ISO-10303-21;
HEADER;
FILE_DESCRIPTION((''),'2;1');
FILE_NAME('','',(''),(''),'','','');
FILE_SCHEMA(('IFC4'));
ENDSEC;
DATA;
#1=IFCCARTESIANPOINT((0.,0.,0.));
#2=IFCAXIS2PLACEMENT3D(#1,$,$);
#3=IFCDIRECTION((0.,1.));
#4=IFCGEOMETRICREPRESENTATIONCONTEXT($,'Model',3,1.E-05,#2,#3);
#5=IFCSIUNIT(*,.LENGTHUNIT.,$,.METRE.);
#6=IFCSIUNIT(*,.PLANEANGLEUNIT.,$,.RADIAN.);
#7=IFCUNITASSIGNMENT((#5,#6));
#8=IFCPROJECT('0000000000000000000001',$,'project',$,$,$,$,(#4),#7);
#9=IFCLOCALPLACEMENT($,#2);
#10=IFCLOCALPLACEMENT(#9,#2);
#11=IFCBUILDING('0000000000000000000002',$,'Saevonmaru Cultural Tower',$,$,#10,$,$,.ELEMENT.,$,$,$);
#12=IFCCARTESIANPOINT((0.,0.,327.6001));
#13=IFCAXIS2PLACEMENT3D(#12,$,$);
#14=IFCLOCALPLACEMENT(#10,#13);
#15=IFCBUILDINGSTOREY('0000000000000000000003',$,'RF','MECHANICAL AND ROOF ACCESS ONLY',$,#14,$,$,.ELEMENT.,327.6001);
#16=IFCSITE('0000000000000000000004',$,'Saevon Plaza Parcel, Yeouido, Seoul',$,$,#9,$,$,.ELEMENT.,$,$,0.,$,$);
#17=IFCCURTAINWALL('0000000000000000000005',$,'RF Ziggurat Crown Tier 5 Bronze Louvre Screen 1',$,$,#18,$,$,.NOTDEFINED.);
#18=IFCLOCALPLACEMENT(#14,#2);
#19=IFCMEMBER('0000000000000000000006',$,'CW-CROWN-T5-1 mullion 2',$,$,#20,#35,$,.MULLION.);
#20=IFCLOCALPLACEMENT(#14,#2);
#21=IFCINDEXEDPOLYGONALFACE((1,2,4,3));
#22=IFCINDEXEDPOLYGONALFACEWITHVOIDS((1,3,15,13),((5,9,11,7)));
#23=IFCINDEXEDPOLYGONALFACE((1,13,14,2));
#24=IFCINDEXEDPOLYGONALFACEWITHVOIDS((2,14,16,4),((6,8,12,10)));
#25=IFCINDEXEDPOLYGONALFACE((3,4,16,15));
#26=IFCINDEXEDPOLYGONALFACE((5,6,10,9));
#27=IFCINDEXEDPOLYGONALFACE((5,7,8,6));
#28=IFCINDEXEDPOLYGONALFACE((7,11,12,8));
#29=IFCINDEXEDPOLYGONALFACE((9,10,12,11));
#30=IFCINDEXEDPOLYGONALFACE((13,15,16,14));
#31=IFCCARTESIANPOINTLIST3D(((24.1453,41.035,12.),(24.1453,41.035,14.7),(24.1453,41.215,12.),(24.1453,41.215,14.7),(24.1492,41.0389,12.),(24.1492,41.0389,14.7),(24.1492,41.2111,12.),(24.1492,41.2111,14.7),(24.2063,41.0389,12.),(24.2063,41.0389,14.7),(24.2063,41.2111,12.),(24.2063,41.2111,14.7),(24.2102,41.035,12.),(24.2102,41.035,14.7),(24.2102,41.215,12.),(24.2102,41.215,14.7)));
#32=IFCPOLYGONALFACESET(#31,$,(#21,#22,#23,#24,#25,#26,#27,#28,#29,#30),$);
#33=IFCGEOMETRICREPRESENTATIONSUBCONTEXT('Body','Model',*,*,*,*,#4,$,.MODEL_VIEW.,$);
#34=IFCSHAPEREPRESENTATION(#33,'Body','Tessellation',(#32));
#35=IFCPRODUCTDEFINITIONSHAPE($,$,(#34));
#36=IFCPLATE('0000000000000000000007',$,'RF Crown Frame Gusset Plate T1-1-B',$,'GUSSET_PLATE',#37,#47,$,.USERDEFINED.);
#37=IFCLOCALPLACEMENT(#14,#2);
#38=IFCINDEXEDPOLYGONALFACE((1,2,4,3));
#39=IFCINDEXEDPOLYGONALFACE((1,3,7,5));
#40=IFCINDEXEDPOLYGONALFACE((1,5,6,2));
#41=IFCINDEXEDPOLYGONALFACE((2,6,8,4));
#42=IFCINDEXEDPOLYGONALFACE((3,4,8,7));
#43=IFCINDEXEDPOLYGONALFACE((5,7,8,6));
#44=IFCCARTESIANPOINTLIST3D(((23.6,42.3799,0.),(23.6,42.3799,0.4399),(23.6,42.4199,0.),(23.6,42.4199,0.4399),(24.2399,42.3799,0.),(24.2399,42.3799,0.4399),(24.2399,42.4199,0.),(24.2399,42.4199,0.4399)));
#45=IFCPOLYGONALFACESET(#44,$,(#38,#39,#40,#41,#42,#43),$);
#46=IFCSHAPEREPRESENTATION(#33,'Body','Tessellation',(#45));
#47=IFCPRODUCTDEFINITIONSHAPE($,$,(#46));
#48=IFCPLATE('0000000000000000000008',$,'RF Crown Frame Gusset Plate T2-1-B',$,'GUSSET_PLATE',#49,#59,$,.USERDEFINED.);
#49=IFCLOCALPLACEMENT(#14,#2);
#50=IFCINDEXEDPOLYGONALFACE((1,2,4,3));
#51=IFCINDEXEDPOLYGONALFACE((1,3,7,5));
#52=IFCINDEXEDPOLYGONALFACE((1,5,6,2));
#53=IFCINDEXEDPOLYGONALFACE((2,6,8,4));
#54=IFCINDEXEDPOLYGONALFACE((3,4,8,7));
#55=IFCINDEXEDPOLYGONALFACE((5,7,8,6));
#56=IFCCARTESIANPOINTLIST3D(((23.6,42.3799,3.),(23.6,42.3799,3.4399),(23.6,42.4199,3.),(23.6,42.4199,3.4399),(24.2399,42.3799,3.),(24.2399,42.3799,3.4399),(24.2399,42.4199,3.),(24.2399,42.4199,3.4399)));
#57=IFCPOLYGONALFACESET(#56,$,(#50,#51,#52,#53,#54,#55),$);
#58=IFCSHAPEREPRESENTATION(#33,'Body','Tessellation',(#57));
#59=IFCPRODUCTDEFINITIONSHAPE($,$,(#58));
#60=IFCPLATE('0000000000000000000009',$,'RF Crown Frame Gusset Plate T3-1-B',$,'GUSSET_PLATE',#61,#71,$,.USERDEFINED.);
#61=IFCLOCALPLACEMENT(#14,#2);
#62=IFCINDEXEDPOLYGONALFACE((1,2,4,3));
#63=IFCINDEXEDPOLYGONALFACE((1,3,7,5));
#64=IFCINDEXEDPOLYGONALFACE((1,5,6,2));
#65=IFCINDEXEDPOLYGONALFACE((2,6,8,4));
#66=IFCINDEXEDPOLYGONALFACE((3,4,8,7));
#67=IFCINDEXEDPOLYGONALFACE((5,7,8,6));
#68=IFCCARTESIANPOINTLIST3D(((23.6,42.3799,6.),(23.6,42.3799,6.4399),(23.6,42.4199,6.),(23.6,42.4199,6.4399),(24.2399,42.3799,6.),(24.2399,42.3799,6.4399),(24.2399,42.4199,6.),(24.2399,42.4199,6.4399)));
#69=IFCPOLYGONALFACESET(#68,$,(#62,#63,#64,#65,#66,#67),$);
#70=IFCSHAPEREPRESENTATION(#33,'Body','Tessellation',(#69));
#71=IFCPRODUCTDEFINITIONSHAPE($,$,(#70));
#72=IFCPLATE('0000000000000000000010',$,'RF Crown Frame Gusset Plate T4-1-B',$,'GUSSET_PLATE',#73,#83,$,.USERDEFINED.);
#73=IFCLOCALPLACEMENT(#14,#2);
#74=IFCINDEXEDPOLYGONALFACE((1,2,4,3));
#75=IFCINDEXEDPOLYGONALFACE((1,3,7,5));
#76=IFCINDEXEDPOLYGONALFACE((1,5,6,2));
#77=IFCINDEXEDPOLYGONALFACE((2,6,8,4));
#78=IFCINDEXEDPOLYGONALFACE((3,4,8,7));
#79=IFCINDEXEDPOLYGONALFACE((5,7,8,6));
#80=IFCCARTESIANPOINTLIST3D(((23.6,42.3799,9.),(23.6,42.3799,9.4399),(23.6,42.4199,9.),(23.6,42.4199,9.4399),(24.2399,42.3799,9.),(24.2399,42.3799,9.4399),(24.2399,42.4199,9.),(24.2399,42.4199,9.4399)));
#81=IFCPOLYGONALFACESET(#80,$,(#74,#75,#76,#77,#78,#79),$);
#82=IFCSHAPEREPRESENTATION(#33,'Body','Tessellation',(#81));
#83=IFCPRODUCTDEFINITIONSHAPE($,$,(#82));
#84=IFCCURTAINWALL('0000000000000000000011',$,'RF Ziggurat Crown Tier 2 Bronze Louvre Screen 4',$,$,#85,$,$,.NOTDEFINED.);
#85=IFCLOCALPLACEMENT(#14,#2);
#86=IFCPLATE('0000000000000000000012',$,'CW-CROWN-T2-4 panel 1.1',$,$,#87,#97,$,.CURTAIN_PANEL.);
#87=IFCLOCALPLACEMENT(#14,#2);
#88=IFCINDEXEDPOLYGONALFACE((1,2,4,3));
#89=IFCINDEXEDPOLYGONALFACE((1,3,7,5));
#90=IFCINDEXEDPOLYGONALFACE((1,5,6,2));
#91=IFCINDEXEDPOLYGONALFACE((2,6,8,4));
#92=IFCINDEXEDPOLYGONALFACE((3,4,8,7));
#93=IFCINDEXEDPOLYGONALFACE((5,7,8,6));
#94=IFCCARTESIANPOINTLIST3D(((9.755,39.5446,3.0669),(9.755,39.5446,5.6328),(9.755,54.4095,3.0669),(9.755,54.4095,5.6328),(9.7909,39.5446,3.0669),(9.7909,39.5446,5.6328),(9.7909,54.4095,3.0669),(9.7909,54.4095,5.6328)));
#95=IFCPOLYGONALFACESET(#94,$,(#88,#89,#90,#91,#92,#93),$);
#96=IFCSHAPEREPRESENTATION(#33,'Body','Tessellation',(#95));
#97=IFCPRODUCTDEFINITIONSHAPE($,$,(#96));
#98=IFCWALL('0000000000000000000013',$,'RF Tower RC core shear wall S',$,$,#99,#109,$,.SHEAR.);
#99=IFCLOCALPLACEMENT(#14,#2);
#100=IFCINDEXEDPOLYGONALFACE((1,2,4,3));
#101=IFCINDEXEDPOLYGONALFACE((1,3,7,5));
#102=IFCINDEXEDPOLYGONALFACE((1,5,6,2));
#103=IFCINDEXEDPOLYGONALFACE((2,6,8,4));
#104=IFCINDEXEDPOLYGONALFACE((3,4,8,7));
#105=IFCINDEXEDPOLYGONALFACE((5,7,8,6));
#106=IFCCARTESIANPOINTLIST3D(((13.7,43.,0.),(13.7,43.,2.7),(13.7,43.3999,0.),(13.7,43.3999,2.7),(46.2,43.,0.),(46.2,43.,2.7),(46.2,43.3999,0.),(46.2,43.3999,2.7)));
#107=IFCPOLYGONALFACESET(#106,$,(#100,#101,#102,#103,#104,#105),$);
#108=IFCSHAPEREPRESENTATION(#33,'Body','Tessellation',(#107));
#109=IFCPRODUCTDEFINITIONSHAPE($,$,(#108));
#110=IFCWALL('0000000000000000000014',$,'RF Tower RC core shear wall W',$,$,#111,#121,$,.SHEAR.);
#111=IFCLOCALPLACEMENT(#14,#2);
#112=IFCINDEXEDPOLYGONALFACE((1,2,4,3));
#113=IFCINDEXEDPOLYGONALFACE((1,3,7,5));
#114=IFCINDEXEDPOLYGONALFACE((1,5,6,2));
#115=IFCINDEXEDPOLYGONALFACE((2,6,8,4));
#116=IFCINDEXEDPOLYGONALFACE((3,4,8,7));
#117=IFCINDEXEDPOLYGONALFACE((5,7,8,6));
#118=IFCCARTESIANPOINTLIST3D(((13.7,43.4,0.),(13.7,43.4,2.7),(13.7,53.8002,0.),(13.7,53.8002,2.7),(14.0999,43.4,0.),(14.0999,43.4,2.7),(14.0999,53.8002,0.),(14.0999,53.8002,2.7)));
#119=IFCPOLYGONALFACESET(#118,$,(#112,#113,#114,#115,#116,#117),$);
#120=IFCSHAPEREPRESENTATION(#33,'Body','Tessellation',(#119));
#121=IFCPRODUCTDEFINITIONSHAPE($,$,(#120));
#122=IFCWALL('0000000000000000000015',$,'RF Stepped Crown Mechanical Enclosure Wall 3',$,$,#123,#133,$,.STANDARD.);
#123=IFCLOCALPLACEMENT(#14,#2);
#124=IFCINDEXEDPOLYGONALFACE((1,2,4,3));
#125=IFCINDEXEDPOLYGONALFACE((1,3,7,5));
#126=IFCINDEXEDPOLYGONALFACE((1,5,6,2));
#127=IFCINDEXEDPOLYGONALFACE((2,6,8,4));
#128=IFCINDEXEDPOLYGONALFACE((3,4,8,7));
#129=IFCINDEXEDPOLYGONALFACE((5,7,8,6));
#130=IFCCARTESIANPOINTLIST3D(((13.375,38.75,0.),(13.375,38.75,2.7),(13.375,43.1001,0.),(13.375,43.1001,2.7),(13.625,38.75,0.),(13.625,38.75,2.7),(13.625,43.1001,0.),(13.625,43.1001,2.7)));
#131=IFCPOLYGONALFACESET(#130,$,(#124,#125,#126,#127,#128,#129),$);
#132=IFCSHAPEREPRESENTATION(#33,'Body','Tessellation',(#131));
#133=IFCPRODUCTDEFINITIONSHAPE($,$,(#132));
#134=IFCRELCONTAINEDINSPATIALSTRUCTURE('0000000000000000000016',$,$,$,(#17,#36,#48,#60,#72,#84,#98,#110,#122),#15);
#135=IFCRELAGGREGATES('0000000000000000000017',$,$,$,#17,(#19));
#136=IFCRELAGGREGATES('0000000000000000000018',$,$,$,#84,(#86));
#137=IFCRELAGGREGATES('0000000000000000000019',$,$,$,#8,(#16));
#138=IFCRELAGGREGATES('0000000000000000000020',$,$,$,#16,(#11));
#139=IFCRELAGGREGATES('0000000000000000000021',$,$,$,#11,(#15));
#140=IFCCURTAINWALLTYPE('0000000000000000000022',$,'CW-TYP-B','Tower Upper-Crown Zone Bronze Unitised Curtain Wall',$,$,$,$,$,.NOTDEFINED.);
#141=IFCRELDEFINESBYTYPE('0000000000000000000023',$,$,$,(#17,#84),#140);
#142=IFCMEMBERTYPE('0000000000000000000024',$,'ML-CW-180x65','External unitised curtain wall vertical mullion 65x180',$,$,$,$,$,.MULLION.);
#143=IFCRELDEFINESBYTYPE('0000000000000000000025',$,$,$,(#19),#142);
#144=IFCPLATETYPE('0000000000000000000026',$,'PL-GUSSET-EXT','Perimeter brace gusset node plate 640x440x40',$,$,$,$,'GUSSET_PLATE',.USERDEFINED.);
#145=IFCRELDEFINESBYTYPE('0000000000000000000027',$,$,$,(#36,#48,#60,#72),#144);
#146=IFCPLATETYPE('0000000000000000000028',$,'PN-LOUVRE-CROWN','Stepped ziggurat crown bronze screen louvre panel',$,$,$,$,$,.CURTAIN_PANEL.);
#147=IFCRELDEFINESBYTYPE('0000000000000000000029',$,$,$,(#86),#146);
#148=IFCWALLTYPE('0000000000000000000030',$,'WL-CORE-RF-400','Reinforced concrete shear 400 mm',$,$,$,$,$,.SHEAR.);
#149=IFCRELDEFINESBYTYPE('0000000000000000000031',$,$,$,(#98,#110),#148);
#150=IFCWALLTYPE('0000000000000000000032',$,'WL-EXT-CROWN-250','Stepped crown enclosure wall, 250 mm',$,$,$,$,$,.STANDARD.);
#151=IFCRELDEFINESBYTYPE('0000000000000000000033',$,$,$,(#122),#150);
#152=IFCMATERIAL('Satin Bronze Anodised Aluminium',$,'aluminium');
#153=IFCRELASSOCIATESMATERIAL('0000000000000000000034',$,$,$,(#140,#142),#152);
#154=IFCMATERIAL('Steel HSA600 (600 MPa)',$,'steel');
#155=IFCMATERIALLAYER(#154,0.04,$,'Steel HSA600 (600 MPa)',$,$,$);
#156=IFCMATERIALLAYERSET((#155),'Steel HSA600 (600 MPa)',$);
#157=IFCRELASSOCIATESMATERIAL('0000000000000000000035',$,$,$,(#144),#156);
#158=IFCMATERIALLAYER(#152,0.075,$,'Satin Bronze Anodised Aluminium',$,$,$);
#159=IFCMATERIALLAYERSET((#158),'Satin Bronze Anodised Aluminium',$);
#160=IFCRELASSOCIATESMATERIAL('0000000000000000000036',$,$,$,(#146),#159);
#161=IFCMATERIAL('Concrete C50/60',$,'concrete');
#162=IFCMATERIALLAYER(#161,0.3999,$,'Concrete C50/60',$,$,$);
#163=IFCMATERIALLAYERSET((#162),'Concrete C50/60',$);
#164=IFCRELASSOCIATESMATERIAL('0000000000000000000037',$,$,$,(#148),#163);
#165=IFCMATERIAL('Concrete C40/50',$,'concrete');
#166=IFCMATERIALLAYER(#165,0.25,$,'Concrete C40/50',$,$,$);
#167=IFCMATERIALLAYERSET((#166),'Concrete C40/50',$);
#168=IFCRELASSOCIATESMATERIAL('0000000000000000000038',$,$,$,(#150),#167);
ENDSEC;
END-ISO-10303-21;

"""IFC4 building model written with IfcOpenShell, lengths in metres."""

from ifc_helpers import new_model, si_unit, direction, frame, frame_2d, origin, origin_2d, place, context, subcontext, project, spatial, rectangle, hollow_rectangle, extrude, material, layer, layer_set, material_profile, profile_set, type_object, element, aggregate, save


model = new_model("IFC4")

# Units and contexts
model_context = context("Model", 3, precision=1e-05, world=origin(), true_north=direction((0.0, 1.0)))
body_context = subcontext(model_context, "Body", "Model", "MODEL_VIEW")
ifc_project = project(units=[si_unit("LENGTHUNIT", "METRE"), si_unit("PLANEANGLEUNIT", "RADIAN")], contexts=[model_context])

# Site, building, storey
site_placement = place(None, origin())
site = spatial("IfcSite", under=ifc_project, at=site_placement, Name="Saevon Plaza Parcel, Yeouido, Seoul", CompositionType="ELEMENT", RefElevation=0.0)
building_placement = place(site_placement, origin())
building = spatial("IfcBuilding", under=site, at=building_placement, Name="Saevonmaru Cultural Tower", CompositionType="ELEMENT")
storey_placement = place(building_placement, frame((0.0, 0.0, 327.6001)))
storey = spatial("IfcBuildingStorey", under=building, at=storey_placement, Name="RF", Description="MECHANICAL AND ROOF ACCESS ONLY", CompositionType="ELEMENT", Elevation=327.6001)

# Curtain wall, member
ifc_material_1 = material(Name="Satin Bronze Anodised Aluminium", Category="aluminium")
curtain_wall_type = type_object("IfcCurtainWallType", Name="CW-TYP-B", Description="Tower Upper-Crown Zone Bronze Unitised Curtain Wall", PredefinedType="NOTDEFINED", material=ifc_material_1)
curtain_wall_1_placement = place(storey_placement, origin())
curtain_wall_1 = element("IfcCurtainWall", 1, at=curtain_wall_1_placement, inside=storey, type_object=curtain_wall_type, Name="RF Ziggurat Crown Tier 5 Bronze Louvre Screen 1", PredefinedType="NOTDEFINED")
ifc_material_profile_1 = material_profile(ifc_material_1, hollow_rectangle(XDim=0.0649, YDim=0.1799, WallThickness=0.0039, at=origin_2d()), Name="ALU-MULL-180x65x4")
ifc_profile_set_1 = profile_set([ifc_material_profile_1], Name="Satin Bronze Anodised Aluminium")
member_type_1 = type_object("IfcMemberType", Name="ML-CW-180x65", Description="External unitised curtain wall vertical mullion 65x180", PredefinedType="MULLION", material=ifc_profile_set_1)
member_placement = place(storey_placement, frame((24.1777, 41.125, 12.0), z_axis=(0.0, 0.0, 1.0), x_axis=(1.0, 0.0, 0.0)))
member = element("IfcMember", 2, at=member_placement, type_object=member_type_1, Name="CW-CROWN-T5-1 mullion 2", PredefinedType="MULLION", context=body_context, shape_type="SweptSolid", body=[
    extrude(hollow_rectangle(XDim=0.0649, YDim=0.1799, WallThickness=0.0039, at=origin_2d()), origin(), (0.0, 0.0, 1.0), 2.7),
])
aggregate(curtain_wall_1, [member])

# Plates
ifc_material_2 = material(Name="Steel HSA600 (600 MPa)", Category="steel")
ifc_layer_1 = layer(ifc_material_2, 0.04, Name="Steel HSA600 (600 MPa)")
ifc_layer_set_1 = layer_set([ifc_layer_1], Name="Steel HSA600 (600 MPa)")
plate_type_1 = type_object("IfcPlateType", Name="PL-GUSSET-EXT", Description="Perimeter brace gusset node plate 640x440x40", ElementType="GUSSET_PLATE", PredefinedType="USERDEFINED", material=ifc_layer_set_1)
for number, where, z_axis, x_axis, name in (
    (3, (23.9199, 42.3999, 0.0), (0.0, 0.0, 1.0), (1.0, 0.0, 0.0), "RF Crown Frame Gusset Plate T1-1-B"),
    (4, (23.9199, 42.3999, 3.0), (0.0, 0.0, 1.0), (1.0, 0.0, 0.0), "RF Crown Frame Gusset Plate T2-1-B"),
    (5, (23.9199, 42.3999, 6.0), (0.0, 0.0, 1.0), (1.0, 0.0, 0.0), "RF Crown Frame Gusset Plate T3-1-B"),
    (6, (23.9199, 42.3999, 9.0), (0.0, 0.0, 1.0), (1.0, 0.0, 0.0), "RF Crown Frame Gusset Plate T4-1-B"),
):
    element("IfcPlate", number, at=place(storey_placement, frame(where, z_axis=z_axis, x_axis=x_axis)), inside=storey, type_object=plate_type_1, Name=name, ObjectType="GUSSET_PLATE", PredefinedType="USERDEFINED", context=body_context, shape_type="SweptSolid", body=[
        extrude(rectangle(XDim=0.6399, YDim=0.04, at=origin_2d()), origin(), (0.0, 0.0, 1.0), 0.4399),
    ])

# Curtain wall, plate
curtain_wall_2_placement = place(storey_placement, origin())
curtain_wall_2 = element("IfcCurtainWall", 7, at=curtain_wall_2_placement, inside=storey, type_object=curtain_wall_type, Name="RF Ziggurat Crown Tier 2 Bronze Louvre Screen 4", PredefinedType="NOTDEFINED")
ifc_layer_2 = layer(ifc_material_1, 0.075, Name="Satin Bronze Anodised Aluminium")
ifc_layer_set_2 = layer_set([ifc_layer_2], Name="Satin Bronze Anodised Aluminium")
plate_type_2 = type_object("IfcPlateType", Name="PN-LOUVRE-CROWN", Description="Stepped ziggurat crown bronze screen louvre panel", PredefinedType="CURTAIN_PANEL", material=ifc_layer_set_2)
plate_placement = place(storey_placement, frame((9.7729, 46.9771, 3.0669), z_axis=(0.0, 0.0, 1.0), x_axis=(0.0, -1.0, 0.0)))
plate = element("IfcPlate", 8, at=plate_placement, type_object=plate_type_2, Name="CW-CROWN-T2-4 panel 1.1", PredefinedType="CURTAIN_PANEL", context=body_context, shape_type="SweptSolid", body=[
    extrude(rectangle(XDim=14.865, YDim=0.0359, at=origin_2d()), origin(), (0.0, 0.0, 1.0), 2.5659),
])
aggregate(curtain_wall_2, [plate])

# Walls
ifc_material_3 = material(Name="Concrete C50/60", Category="concrete")
ifc_layer_3 = layer(ifc_material_3, 0.3999, Name="Concrete C50/60")
ifc_layer_set_3 = layer_set([ifc_layer_3], Name="Concrete C50/60")
wall_type_1 = type_object("IfcWallType", Name="WL-CORE-RF-400", Description="Reinforced concrete shear 400 mm", PredefinedType="SHEAR", material=ifc_layer_set_3)
wall_1_placement = place(storey_placement, frame((13.7, 43.2, 0.0), z_axis=(0.0, 0.0, 1.0), x_axis=(1.0, 0.0, 0.0)))
element("IfcWall", 9, at=wall_1_placement, inside=storey, type_object=wall_type_1, Name="RF Tower RC core shear wall S", PredefinedType="SHEAR", context=body_context, shape_type="SweptSolid", body=[
    extrude(rectangle(XDim=32.5, YDim=0.3999, at=frame_2d((16.25, 0.0))), origin(), (0.0, 0.0, 1.0), 2.7),
])
wall_2_placement = place(storey_placement, frame((13.8999, 43.3999, 0.0), z_axis=(0.0, 0.0, 1.0), x_axis=(0.0, 1.0, 0.0)))
element("IfcWall", 10, at=wall_2_placement, inside=storey, type_object=wall_type_1, Name="RF Tower RC core shear wall W", PredefinedType="SHEAR", context=body_context, shape_type="SweptSolid", body=[
    extrude(rectangle(XDim=10.4001, YDim=0.3999, at=frame_2d((5.2002, 0.0))), origin(), (0.0, 0.0, 1.0), 2.7),
])
ifc_material_4 = material(Name="Concrete C40/50", Category="concrete")
ifc_layer_4 = layer(ifc_material_4, 0.25, Name="Concrete C40/50")
ifc_layer_set_4 = layer_set([ifc_layer_4], Name="Concrete C40/50")
wall_type_2 = type_object("IfcWallType", Name="WL-EXT-CROWN-250", Description="Stepped crown enclosure wall, 250 mm", PredefinedType="STANDARD", material=ifc_layer_set_4)
wall_3_placement = place(storey_placement, frame((13.5, 43.1001, 0.0), z_axis=(0.0, 0.0, 1.0), x_axis=(0.0, -1.0, 0.0)))
element("IfcWall", 11, at=wall_3_placement, inside=storey, type_object=wall_type_2, Name="RF Stepped Crown Mechanical Enclosure Wall 3", PredefinedType="STANDARD", context=body_context, shape_type="SweptSolid", body=[
    extrude(rectangle(XDim=4.3501, YDim=0.25, at=frame_2d((2.175, 0.0))), origin(), (0.0, 0.0, 1.0), 2.7),
])

save(model, "model.ifc")
